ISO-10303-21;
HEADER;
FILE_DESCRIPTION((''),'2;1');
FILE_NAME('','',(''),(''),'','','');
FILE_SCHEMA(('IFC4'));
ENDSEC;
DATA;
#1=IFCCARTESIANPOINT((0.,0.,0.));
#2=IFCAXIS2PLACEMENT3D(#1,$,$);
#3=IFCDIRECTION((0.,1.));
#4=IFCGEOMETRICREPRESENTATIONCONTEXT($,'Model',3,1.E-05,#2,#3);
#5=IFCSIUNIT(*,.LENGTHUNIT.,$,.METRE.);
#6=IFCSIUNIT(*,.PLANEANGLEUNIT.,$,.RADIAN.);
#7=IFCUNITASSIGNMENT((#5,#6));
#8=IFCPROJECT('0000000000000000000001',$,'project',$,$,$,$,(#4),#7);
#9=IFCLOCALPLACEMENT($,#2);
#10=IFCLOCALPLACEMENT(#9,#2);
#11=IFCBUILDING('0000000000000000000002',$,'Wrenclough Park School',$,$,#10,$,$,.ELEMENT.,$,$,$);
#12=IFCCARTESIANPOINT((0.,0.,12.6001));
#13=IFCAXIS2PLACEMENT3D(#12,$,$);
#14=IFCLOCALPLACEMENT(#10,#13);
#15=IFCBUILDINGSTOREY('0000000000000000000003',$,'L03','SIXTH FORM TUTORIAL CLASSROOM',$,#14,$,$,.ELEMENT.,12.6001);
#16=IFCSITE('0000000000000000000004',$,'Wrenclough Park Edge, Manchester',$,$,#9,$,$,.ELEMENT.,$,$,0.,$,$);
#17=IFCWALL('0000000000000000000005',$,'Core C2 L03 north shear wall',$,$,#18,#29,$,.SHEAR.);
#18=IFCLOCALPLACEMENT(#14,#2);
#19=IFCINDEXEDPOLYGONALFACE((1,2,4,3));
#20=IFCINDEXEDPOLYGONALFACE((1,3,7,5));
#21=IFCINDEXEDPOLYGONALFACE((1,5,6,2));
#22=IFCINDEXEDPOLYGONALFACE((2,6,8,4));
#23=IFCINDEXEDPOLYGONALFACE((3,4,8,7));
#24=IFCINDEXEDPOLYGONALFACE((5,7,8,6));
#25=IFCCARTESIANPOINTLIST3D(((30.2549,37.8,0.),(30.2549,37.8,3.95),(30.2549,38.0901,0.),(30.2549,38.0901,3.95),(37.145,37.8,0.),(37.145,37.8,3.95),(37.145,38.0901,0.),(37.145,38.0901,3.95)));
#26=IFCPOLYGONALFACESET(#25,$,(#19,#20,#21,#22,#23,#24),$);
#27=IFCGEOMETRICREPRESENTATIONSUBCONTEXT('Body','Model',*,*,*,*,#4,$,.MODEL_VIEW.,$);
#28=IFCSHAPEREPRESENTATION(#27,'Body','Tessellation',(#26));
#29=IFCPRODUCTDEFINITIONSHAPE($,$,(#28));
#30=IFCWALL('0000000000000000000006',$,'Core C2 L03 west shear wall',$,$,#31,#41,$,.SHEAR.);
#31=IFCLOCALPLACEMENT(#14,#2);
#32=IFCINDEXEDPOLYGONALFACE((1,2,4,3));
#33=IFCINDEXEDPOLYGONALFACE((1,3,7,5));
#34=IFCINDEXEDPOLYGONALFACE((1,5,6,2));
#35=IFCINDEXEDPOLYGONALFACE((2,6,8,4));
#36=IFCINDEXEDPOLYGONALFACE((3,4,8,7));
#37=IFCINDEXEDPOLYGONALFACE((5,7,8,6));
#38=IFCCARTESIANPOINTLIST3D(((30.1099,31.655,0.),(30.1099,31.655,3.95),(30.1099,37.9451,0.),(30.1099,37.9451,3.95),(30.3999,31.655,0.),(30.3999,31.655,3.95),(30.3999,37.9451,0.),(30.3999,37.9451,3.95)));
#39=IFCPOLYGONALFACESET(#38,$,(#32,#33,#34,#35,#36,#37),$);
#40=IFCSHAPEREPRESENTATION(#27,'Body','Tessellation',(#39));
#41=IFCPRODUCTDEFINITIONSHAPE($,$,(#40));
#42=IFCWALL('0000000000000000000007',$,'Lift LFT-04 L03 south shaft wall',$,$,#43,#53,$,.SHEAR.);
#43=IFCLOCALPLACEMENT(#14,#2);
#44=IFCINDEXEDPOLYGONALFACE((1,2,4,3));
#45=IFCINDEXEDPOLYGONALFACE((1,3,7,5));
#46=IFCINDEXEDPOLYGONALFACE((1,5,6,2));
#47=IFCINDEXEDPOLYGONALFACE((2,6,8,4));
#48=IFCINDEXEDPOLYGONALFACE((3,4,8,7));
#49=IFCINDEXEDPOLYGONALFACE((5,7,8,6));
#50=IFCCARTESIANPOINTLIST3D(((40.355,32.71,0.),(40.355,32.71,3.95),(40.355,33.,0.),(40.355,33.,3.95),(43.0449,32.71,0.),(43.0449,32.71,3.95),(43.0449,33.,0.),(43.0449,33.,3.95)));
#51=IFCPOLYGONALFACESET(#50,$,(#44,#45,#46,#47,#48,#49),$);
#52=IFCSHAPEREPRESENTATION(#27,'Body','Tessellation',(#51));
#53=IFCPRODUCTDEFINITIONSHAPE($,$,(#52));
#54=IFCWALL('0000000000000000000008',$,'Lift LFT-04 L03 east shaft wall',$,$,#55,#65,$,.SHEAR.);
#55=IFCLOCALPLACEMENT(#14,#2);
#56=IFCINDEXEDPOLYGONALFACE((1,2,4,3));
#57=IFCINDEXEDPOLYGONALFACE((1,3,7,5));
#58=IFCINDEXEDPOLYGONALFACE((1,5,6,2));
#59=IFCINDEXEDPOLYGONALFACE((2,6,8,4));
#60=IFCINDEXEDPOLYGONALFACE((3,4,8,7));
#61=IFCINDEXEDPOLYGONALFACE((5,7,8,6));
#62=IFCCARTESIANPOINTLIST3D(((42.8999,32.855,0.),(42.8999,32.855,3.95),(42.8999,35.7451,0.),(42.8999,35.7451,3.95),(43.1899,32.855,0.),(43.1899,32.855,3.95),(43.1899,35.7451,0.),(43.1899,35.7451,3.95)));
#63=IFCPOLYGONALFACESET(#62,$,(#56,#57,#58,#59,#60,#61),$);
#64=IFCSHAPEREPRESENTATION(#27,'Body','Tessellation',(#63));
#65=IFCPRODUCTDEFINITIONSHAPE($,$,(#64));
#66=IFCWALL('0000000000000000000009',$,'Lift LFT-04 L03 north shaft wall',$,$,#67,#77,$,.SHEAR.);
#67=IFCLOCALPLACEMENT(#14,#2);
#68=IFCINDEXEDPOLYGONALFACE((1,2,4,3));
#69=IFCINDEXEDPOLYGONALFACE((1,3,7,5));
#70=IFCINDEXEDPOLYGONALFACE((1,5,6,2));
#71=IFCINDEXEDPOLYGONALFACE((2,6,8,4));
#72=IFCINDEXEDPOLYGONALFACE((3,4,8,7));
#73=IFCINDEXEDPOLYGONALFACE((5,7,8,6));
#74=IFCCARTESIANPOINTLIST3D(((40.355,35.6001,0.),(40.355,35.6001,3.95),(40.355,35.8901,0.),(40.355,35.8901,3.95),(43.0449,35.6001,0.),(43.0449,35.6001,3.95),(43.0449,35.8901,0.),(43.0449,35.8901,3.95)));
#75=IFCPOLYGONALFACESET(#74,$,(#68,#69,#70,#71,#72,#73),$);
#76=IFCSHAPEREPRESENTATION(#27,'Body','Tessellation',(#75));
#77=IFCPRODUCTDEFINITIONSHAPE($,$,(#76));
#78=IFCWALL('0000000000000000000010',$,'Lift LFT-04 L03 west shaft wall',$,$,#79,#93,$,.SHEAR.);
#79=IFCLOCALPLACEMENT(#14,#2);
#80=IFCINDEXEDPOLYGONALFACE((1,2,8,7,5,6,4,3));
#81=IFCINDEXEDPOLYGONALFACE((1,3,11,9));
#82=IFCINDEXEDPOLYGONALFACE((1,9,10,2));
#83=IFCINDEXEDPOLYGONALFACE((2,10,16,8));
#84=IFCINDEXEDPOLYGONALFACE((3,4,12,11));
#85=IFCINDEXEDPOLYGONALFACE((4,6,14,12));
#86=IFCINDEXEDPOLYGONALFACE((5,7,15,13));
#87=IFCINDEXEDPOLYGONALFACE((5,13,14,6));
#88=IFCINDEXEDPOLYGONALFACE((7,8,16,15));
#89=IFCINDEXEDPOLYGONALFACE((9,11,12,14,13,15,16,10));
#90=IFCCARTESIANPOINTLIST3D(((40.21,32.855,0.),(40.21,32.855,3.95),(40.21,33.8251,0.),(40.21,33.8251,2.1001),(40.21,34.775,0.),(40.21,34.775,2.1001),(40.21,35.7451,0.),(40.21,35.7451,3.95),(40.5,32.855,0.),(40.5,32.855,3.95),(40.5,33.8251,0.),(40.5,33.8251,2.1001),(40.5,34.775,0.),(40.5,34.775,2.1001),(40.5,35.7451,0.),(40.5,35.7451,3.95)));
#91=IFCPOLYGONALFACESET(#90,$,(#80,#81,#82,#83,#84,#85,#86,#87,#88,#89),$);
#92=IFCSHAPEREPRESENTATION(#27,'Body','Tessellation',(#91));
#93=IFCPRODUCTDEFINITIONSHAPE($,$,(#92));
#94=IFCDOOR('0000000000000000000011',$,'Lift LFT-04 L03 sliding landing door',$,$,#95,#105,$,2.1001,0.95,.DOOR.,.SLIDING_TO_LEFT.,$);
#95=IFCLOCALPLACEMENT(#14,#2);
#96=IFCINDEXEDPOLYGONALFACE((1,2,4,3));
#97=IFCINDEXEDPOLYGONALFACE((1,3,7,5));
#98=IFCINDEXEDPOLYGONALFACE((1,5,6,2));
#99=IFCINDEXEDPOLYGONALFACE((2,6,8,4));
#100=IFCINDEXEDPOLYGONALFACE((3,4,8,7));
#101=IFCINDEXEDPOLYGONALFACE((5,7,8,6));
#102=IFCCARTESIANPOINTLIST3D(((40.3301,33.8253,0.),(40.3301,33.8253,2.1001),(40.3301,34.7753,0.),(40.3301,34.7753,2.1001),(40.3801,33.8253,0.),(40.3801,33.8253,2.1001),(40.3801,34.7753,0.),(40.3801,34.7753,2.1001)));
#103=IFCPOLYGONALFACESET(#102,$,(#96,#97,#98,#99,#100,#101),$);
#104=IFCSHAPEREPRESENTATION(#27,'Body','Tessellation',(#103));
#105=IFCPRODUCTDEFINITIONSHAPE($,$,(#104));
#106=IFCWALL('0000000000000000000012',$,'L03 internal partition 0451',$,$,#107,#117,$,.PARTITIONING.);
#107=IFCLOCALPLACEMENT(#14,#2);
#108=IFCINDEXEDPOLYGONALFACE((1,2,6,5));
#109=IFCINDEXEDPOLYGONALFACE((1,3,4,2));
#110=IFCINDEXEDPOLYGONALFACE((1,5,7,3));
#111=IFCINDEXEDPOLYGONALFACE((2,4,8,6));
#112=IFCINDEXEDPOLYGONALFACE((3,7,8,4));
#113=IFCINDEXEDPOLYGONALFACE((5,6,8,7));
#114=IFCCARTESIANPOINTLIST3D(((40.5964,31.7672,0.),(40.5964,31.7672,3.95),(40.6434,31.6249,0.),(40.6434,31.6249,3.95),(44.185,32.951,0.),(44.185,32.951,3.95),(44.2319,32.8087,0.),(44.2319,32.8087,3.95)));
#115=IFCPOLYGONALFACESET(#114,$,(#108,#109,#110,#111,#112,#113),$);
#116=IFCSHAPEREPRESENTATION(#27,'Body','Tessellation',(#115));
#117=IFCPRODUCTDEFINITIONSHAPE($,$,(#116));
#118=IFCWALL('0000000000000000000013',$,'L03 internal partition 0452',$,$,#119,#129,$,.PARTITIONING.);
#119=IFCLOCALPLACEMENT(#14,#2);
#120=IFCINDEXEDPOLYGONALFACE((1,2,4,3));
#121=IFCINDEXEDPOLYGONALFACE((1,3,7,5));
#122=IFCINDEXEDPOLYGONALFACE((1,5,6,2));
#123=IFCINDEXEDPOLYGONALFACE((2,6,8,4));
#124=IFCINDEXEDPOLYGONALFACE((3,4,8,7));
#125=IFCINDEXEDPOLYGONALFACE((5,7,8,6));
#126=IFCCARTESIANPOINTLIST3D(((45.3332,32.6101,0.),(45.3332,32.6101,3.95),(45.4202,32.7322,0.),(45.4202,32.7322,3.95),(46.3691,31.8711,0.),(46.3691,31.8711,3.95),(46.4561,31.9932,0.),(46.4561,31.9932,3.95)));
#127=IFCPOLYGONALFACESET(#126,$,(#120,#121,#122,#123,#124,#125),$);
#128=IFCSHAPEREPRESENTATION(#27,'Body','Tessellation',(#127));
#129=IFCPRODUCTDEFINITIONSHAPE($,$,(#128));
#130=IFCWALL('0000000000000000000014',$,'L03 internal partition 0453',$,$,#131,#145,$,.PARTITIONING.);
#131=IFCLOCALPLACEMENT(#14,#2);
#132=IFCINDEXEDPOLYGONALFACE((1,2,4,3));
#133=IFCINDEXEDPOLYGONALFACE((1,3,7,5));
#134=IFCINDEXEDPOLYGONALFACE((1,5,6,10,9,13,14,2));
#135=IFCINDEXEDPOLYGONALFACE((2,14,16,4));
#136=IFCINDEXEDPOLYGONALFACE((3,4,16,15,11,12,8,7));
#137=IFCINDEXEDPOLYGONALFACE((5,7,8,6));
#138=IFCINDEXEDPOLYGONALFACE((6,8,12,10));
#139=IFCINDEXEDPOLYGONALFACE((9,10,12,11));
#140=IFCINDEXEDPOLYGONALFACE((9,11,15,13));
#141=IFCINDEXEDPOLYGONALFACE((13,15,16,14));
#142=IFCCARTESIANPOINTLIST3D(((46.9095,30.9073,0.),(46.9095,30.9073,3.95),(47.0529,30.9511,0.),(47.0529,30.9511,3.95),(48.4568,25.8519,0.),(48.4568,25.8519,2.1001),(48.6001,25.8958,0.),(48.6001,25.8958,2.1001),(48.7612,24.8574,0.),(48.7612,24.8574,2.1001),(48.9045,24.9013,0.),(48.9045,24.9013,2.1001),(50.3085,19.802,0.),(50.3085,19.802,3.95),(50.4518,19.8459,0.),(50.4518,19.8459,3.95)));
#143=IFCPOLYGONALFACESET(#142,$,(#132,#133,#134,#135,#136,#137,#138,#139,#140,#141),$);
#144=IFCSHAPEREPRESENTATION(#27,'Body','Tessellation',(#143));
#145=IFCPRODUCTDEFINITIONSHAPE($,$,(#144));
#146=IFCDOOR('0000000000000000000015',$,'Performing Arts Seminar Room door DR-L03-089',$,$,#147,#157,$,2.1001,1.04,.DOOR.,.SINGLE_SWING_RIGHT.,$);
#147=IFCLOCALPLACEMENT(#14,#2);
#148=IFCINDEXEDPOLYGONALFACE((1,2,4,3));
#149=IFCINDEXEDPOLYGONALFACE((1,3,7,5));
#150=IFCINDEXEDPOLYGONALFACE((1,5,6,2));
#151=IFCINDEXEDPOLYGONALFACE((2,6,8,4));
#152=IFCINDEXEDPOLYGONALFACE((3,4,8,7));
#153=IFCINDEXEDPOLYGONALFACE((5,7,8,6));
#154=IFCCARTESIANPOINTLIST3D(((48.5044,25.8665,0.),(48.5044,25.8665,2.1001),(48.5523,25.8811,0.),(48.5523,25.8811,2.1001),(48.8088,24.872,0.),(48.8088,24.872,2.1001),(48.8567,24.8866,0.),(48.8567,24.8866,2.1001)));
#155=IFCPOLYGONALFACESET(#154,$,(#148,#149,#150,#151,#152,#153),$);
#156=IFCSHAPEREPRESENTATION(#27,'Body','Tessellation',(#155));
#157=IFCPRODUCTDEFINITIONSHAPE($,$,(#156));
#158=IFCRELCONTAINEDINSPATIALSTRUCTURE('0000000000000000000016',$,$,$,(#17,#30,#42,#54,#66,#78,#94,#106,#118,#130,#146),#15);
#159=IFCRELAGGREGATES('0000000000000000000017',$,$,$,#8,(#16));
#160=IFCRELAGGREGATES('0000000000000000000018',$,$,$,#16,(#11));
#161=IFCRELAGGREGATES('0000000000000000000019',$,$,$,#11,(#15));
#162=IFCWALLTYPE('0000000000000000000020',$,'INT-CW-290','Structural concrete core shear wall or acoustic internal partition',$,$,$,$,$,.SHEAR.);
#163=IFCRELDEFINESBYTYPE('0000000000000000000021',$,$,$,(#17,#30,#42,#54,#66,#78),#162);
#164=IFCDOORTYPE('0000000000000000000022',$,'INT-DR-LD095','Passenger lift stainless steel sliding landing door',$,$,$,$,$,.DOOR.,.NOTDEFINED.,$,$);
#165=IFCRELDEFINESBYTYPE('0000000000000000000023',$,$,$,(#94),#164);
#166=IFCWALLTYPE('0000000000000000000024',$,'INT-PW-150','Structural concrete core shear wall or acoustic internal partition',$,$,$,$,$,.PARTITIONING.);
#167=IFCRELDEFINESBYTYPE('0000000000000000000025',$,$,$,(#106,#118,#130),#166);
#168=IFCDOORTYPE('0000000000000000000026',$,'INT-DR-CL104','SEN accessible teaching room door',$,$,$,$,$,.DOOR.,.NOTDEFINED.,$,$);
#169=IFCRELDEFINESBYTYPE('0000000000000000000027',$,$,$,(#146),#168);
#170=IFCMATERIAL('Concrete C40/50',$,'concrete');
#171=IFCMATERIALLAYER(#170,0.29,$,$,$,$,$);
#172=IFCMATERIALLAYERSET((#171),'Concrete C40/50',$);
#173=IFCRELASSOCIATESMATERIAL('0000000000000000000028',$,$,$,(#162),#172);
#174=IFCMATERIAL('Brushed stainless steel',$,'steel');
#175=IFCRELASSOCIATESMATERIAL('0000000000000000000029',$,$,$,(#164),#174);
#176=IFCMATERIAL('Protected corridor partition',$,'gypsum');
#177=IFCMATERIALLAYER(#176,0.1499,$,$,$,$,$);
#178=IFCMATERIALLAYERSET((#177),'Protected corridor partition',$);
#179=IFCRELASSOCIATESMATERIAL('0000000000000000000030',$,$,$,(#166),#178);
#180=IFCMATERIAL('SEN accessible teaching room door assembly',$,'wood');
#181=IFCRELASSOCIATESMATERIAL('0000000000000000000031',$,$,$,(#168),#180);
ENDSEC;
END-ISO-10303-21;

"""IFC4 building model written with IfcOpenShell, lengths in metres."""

from ifc_helpers import new_model, si_unit, direction, frame, frame_2d, origin, place, context, subcontext, project, spatial, rectangle, extrude, material, layer, layer_set, type_object, element, fill, save


model = new_model("IFC4")

# Units and contexts
model_context = context("Model", 3, precision=1e-05, world=origin(), true_north=direction((0.0, 1.0)))
body_context = subcontext(model_context, "Body", "Model", "MODEL_VIEW")
ifc_project = project(units=[si_unit("LENGTHUNIT", "METRE"), si_unit("PLANEANGLEUNIT", "RADIAN")], contexts=[model_context])

# Site, building, storey
site_placement = place(None, origin())
site = spatial("IfcSite", under=ifc_project, at=site_placement, Name="Wrenclough Park Edge, Manchester", CompositionType="ELEMENT", RefElevation=0.0)
building_placement = place(site_placement, origin())
building = spatial("IfcBuilding", under=site, at=building_placement, Name="Wrenclough Park School", CompositionType="ELEMENT")
storey_placement = place(building_placement, frame((0.0, 0.0, 12.6001)))
storey = spatial("IfcBuildingStorey", under=building, at=storey_placement, Name="L03", Description="SIXTH FORM TUTORIAL CLASSROOM", CompositionType="ELEMENT", Elevation=12.6001)

# Shared definitions
ifc_material_1 = material(Name="Concrete C40/50", Category="concrete")
ifc_layer_1 = layer(ifc_material_1, 0.29)
ifc_layer_set_1 = layer_set([ifc_layer_1], Name="Concrete C40/50")
wall_type_1 = type_object("IfcWallType", Name="INT-CW-290", Description="Structural concrete core shear wall or acoustic internal partition", PredefinedType="SHEAR", material=ifc_layer_set_1)

# Walls
wall_1_placement = place(storey_placement, frame((37.145, 37.9451, 0.0), z_axis=(0.0, 0.0, 1.0), x_axis=(-1.0, 0.0, 0.0)))
element("IfcWall", 1, at=wall_1_placement, inside=storey, type_object=wall_type_1, Name="Core C2 L03 north shear wall", PredefinedType="SHEAR", context=body_context, shape_type="SweptSolid", body=[
    extrude(rectangle(XDim=6.8901, YDim=0.29, at=frame_2d((3.4451, 0.0))), origin(), (0.0, 0.0, 1.0), 3.95),
])
wall_2_placement = place(storey_placement, frame((30.2549, 37.9451, 0.0), z_axis=(0.0, 0.0, 1.0), x_axis=(0.0, -1.0, 0.0)))
element("IfcWall", 2, at=wall_2_placement, inside=storey, type_object=wall_type_1, Name="Core C2 L03 west shear wall", PredefinedType="SHEAR", context=body_context, shape_type="SweptSolid", body=[
    extrude(rectangle(XDim=6.29, YDim=0.29, at=frame_2d((3.145, 0.0))), origin(), (0.0, 0.0, 1.0), 3.95),
])
wall_3_placement = place(storey_placement, frame((40.355, 32.855, 0.0), z_axis=(0.0, 0.0, 1.0), x_axis=(1.0, 0.0, 0.0)))
element("IfcWall", 3, at=wall_3_placement, inside=storey, type_object=wall_type_1, Name="Lift LFT-04 L03 south shaft wall", PredefinedType="SHEAR", context=body_context, shape_type="SweptSolid", body=[
    extrude(rectangle(XDim=2.6899, YDim=0.29, at=frame_2d((1.345, 0.0))), origin(), (0.0, 0.0, 1.0), 3.95),
])
wall_4_placement = place(storey_placement, frame((43.0449, 32.855, 0.0), z_axis=(0.0, 0.0, 1.0), x_axis=(0.0, 1.0, 0.0)))
element("IfcWall", 4, at=wall_4_placement, inside=storey, type_object=wall_type_1, Name="Lift LFT-04 L03 east shaft wall", PredefinedType="SHEAR", context=body_context, shape_type="SweptSolid", body=[
    extrude(rectangle(XDim=2.8901, YDim=0.29, at=frame_2d((1.4451, 0.0))), origin(), (0.0, 0.0, 1.0), 3.95),
])
wall_5_placement = place(storey_placement, frame((43.0449, 35.7451, 0.0), z_axis=(0.0, 0.0, 1.0), x_axis=(-1.0, 0.0, 0.0)))
element("IfcWall", 5, at=wall_5_placement, inside=storey, type_object=wall_type_1, Name="Lift LFT-04 L03 north shaft wall", PredefinedType="SHEAR", context=body_context, shape_type="SweptSolid", body=[
    extrude(rectangle(XDim=2.6899, YDim=0.29, at=frame_2d((1.345, 0.0))), origin(), (0.0, 0.0, 1.0), 3.95),
])

# Wall, opening, door
wall_6_placement = place(storey_placement, frame((40.355, 35.7451, 0.0), z_axis=(0.0, 0.0, 1.0), x_axis=(0.0, -1.0, 0.0)))
wall_6 = element("IfcWall", 6, at=wall_6_placement, inside=storey, type_object=wall_type_1, Name="Lift LFT-04 L03 west shaft wall", PredefinedType="SHEAR", context=body_context, shape_type="SweptSolid", body=[
    extrude(rectangle(XDim=2.8901, YDim=0.29, at=frame_2d((1.4451, 0.0))), origin(), (0.0, 0.0, 1.0), 3.95),
])
opening_1_placement = place(wall_6_placement, frame((0.97, 0.0, 0.0)))
opening_1 = element("IfcOpeningElement", 7, at=opening_1_placement, cuts=wall_6, PredefinedType="OPENING", context=body_context, shape_type="SweptSolid", body=[
    extrude(rectangle(XDim=0.95, YDim=2.1001, at=frame_2d((0.4751, 1.05))), frame((0.0, 0.155, 0.0), z_axis=(0.0, -1.0, 0.0), x_axis=(1.0, 0.0, 0.0)), (0.0, 0.0, 1.0), 0.3101),
])
ifc_material_2 = material(Name="Brushed stainless steel", Category="steel")
door_type_1 = type_object("IfcDoorType", Name="INT-DR-LD095", Description="Passenger lift stainless steel sliding landing door", OperationType="NOTDEFINED", PredefinedType="DOOR", material=ifc_material_2)
door_1_placement = place(opening_1_placement, frame((0.95, 0.0, 0.0), z_axis=(0.0, 0.0, 1.0), x_axis=(-1.0, 0.0, 0.0)))
door_1 = element("IfcDoor", 8, at=door_1_placement, inside=storey, type_object=door_type_1, Name="Lift LFT-04 L03 sliding landing door", OperationType="SLIDING_TO_LEFT", OverallHeight=2.1001, OverallWidth=0.95, PredefinedType="DOOR", context=body_context, shape_type="SweptSolid", body=[
    extrude(rectangle(XDim=0.95, YDim=2.1001, at=frame_2d((0.4751, 1.05))), frame((0.0, 0.0249, 0.0), z_axis=(0.0, -1.0, 0.0), x_axis=(1.0, 0.0, 0.0)), (0.0, 0.0, 1.0), 0.05),
])
fill(opening_1, door_1)

# Walls
ifc_material_3 = material(Name="Protected corridor partition", Category="gypsum")
ifc_layer_2 = layer(ifc_material_3, 0.1499)
ifc_layer_set_2 = layer_set([ifc_layer_2], Name="Protected corridor partition")
wall_type_2 = type_object("IfcWallType", Name="INT-PW-150", Description="Structural concrete core shear wall or acoustic internal partition", PredefinedType="PARTITIONING", material=ifc_layer_set_2)
wall_7_placement = place(storey_placement, frame((40.6199, 31.696, 0.0), z_axis=(0.0, 0.0, 1.0), x_axis=(0.949661, 0.31328, 0.0)))
element("IfcWall", 9, at=wall_7_placement, inside=storey, type_object=wall_type_2, Name="L03 internal partition 0451", PredefinedType="PARTITIONING", context=body_context, shape_type="SweptSolid", body=[
    extrude(rectangle(XDim=3.7788, YDim=0.1499, at=frame_2d((1.8894, 0.0))), origin(), (0.0, 0.0, 1.0), 3.95),
])
wall_8_placement = place(storey_placement, frame((45.3767, 32.6711, 0.0), z_axis=(0.0, 0.0, 1.0), x_axis=(0.81407, -0.580766, 0.0)))
element("IfcWall", 10, at=wall_8_placement, inside=storey, type_object=wall_type_2, Name="L03 internal partition 0452", PredefinedType="PARTITIONING", context=body_context, shape_type="SweptSolid", body=[
    extrude(rectangle(XDim=1.2725, YDim=0.1499, at=frame_2d((0.6362, 0.0))), origin(), (0.0, 0.0, 1.0), 3.95),
])

# Wall, opening, door
wall_9_placement = place(storey_placement, frame((46.9812, 30.9292, 0.0), z_axis=(0.0, 0.0, 1.0), x_axis=(0.292664, -0.956215, 0.0)))
wall_9 = element("IfcWall", 11, at=wall_9_placement, inside=storey, type_object=wall_type_2, Name="L03 internal partition 0453", PredefinedType="PARTITIONING", context=body_context, shape_type="SweptSolid", body=[
    extrude(rectangle(XDim=11.6138, YDim=0.1499, at=frame_2d((5.8069, 0.0))), origin(), (0.0, 0.0, 1.0), 3.95),
])
opening_2_placement = place(wall_9_placement, frame((5.2869, 0.0, 0.0)))
opening_2 = element("IfcOpeningElement", 12, at=opening_2_placement, cuts=wall_9, PredefinedType="OPENING", context=body_context, shape_type="SweptSolid", body=[
    extrude(rectangle(XDim=1.04, YDim=2.1001, at=frame_2d((0.52, 1.05))), frame((0.0, 0.085, 0.0), z_axis=(0.0, -1.0, 0.0), x_axis=(1.0, 0.0, 0.0)), (0.0, 0.0, 1.0), 0.1699),
])
ifc_material_4 = material(Name="SEN accessible teaching room door assembly", Category="wood")
door_type_2 = type_object("IfcDoorType", Name="INT-DR-CL104", Description="SEN accessible teaching room door", OperationType="NOTDEFINED", PredefinedType="DOOR", material=ifc_material_4)
door_2_placement = place(opening_2_placement, origin())
door_2 = element("IfcDoor", 13, at=door_2_placement, inside=storey, type_object=door_type_2, Name="Performing Arts Seminar Room door DR-L03-089", OperationType="SINGLE_SWING_RIGHT", OverallHeight=2.1001, OverallWidth=1.04, PredefinedType="DOOR", context=body_context, shape_type="SweptSolid", body=[
    extrude(rectangle(XDim=1.04, YDim=2.1001, at=frame_2d((0.52, 1.05))), frame((0.0, 0.0249, 0.0), z_axis=(0.0, -1.0, 0.0), x_axis=(1.0, 0.0, 0.0)), (0.0, 0.0, 1.0), 0.05),
])
fill(opening_2, door_2)

save(model, "model.ifc")
